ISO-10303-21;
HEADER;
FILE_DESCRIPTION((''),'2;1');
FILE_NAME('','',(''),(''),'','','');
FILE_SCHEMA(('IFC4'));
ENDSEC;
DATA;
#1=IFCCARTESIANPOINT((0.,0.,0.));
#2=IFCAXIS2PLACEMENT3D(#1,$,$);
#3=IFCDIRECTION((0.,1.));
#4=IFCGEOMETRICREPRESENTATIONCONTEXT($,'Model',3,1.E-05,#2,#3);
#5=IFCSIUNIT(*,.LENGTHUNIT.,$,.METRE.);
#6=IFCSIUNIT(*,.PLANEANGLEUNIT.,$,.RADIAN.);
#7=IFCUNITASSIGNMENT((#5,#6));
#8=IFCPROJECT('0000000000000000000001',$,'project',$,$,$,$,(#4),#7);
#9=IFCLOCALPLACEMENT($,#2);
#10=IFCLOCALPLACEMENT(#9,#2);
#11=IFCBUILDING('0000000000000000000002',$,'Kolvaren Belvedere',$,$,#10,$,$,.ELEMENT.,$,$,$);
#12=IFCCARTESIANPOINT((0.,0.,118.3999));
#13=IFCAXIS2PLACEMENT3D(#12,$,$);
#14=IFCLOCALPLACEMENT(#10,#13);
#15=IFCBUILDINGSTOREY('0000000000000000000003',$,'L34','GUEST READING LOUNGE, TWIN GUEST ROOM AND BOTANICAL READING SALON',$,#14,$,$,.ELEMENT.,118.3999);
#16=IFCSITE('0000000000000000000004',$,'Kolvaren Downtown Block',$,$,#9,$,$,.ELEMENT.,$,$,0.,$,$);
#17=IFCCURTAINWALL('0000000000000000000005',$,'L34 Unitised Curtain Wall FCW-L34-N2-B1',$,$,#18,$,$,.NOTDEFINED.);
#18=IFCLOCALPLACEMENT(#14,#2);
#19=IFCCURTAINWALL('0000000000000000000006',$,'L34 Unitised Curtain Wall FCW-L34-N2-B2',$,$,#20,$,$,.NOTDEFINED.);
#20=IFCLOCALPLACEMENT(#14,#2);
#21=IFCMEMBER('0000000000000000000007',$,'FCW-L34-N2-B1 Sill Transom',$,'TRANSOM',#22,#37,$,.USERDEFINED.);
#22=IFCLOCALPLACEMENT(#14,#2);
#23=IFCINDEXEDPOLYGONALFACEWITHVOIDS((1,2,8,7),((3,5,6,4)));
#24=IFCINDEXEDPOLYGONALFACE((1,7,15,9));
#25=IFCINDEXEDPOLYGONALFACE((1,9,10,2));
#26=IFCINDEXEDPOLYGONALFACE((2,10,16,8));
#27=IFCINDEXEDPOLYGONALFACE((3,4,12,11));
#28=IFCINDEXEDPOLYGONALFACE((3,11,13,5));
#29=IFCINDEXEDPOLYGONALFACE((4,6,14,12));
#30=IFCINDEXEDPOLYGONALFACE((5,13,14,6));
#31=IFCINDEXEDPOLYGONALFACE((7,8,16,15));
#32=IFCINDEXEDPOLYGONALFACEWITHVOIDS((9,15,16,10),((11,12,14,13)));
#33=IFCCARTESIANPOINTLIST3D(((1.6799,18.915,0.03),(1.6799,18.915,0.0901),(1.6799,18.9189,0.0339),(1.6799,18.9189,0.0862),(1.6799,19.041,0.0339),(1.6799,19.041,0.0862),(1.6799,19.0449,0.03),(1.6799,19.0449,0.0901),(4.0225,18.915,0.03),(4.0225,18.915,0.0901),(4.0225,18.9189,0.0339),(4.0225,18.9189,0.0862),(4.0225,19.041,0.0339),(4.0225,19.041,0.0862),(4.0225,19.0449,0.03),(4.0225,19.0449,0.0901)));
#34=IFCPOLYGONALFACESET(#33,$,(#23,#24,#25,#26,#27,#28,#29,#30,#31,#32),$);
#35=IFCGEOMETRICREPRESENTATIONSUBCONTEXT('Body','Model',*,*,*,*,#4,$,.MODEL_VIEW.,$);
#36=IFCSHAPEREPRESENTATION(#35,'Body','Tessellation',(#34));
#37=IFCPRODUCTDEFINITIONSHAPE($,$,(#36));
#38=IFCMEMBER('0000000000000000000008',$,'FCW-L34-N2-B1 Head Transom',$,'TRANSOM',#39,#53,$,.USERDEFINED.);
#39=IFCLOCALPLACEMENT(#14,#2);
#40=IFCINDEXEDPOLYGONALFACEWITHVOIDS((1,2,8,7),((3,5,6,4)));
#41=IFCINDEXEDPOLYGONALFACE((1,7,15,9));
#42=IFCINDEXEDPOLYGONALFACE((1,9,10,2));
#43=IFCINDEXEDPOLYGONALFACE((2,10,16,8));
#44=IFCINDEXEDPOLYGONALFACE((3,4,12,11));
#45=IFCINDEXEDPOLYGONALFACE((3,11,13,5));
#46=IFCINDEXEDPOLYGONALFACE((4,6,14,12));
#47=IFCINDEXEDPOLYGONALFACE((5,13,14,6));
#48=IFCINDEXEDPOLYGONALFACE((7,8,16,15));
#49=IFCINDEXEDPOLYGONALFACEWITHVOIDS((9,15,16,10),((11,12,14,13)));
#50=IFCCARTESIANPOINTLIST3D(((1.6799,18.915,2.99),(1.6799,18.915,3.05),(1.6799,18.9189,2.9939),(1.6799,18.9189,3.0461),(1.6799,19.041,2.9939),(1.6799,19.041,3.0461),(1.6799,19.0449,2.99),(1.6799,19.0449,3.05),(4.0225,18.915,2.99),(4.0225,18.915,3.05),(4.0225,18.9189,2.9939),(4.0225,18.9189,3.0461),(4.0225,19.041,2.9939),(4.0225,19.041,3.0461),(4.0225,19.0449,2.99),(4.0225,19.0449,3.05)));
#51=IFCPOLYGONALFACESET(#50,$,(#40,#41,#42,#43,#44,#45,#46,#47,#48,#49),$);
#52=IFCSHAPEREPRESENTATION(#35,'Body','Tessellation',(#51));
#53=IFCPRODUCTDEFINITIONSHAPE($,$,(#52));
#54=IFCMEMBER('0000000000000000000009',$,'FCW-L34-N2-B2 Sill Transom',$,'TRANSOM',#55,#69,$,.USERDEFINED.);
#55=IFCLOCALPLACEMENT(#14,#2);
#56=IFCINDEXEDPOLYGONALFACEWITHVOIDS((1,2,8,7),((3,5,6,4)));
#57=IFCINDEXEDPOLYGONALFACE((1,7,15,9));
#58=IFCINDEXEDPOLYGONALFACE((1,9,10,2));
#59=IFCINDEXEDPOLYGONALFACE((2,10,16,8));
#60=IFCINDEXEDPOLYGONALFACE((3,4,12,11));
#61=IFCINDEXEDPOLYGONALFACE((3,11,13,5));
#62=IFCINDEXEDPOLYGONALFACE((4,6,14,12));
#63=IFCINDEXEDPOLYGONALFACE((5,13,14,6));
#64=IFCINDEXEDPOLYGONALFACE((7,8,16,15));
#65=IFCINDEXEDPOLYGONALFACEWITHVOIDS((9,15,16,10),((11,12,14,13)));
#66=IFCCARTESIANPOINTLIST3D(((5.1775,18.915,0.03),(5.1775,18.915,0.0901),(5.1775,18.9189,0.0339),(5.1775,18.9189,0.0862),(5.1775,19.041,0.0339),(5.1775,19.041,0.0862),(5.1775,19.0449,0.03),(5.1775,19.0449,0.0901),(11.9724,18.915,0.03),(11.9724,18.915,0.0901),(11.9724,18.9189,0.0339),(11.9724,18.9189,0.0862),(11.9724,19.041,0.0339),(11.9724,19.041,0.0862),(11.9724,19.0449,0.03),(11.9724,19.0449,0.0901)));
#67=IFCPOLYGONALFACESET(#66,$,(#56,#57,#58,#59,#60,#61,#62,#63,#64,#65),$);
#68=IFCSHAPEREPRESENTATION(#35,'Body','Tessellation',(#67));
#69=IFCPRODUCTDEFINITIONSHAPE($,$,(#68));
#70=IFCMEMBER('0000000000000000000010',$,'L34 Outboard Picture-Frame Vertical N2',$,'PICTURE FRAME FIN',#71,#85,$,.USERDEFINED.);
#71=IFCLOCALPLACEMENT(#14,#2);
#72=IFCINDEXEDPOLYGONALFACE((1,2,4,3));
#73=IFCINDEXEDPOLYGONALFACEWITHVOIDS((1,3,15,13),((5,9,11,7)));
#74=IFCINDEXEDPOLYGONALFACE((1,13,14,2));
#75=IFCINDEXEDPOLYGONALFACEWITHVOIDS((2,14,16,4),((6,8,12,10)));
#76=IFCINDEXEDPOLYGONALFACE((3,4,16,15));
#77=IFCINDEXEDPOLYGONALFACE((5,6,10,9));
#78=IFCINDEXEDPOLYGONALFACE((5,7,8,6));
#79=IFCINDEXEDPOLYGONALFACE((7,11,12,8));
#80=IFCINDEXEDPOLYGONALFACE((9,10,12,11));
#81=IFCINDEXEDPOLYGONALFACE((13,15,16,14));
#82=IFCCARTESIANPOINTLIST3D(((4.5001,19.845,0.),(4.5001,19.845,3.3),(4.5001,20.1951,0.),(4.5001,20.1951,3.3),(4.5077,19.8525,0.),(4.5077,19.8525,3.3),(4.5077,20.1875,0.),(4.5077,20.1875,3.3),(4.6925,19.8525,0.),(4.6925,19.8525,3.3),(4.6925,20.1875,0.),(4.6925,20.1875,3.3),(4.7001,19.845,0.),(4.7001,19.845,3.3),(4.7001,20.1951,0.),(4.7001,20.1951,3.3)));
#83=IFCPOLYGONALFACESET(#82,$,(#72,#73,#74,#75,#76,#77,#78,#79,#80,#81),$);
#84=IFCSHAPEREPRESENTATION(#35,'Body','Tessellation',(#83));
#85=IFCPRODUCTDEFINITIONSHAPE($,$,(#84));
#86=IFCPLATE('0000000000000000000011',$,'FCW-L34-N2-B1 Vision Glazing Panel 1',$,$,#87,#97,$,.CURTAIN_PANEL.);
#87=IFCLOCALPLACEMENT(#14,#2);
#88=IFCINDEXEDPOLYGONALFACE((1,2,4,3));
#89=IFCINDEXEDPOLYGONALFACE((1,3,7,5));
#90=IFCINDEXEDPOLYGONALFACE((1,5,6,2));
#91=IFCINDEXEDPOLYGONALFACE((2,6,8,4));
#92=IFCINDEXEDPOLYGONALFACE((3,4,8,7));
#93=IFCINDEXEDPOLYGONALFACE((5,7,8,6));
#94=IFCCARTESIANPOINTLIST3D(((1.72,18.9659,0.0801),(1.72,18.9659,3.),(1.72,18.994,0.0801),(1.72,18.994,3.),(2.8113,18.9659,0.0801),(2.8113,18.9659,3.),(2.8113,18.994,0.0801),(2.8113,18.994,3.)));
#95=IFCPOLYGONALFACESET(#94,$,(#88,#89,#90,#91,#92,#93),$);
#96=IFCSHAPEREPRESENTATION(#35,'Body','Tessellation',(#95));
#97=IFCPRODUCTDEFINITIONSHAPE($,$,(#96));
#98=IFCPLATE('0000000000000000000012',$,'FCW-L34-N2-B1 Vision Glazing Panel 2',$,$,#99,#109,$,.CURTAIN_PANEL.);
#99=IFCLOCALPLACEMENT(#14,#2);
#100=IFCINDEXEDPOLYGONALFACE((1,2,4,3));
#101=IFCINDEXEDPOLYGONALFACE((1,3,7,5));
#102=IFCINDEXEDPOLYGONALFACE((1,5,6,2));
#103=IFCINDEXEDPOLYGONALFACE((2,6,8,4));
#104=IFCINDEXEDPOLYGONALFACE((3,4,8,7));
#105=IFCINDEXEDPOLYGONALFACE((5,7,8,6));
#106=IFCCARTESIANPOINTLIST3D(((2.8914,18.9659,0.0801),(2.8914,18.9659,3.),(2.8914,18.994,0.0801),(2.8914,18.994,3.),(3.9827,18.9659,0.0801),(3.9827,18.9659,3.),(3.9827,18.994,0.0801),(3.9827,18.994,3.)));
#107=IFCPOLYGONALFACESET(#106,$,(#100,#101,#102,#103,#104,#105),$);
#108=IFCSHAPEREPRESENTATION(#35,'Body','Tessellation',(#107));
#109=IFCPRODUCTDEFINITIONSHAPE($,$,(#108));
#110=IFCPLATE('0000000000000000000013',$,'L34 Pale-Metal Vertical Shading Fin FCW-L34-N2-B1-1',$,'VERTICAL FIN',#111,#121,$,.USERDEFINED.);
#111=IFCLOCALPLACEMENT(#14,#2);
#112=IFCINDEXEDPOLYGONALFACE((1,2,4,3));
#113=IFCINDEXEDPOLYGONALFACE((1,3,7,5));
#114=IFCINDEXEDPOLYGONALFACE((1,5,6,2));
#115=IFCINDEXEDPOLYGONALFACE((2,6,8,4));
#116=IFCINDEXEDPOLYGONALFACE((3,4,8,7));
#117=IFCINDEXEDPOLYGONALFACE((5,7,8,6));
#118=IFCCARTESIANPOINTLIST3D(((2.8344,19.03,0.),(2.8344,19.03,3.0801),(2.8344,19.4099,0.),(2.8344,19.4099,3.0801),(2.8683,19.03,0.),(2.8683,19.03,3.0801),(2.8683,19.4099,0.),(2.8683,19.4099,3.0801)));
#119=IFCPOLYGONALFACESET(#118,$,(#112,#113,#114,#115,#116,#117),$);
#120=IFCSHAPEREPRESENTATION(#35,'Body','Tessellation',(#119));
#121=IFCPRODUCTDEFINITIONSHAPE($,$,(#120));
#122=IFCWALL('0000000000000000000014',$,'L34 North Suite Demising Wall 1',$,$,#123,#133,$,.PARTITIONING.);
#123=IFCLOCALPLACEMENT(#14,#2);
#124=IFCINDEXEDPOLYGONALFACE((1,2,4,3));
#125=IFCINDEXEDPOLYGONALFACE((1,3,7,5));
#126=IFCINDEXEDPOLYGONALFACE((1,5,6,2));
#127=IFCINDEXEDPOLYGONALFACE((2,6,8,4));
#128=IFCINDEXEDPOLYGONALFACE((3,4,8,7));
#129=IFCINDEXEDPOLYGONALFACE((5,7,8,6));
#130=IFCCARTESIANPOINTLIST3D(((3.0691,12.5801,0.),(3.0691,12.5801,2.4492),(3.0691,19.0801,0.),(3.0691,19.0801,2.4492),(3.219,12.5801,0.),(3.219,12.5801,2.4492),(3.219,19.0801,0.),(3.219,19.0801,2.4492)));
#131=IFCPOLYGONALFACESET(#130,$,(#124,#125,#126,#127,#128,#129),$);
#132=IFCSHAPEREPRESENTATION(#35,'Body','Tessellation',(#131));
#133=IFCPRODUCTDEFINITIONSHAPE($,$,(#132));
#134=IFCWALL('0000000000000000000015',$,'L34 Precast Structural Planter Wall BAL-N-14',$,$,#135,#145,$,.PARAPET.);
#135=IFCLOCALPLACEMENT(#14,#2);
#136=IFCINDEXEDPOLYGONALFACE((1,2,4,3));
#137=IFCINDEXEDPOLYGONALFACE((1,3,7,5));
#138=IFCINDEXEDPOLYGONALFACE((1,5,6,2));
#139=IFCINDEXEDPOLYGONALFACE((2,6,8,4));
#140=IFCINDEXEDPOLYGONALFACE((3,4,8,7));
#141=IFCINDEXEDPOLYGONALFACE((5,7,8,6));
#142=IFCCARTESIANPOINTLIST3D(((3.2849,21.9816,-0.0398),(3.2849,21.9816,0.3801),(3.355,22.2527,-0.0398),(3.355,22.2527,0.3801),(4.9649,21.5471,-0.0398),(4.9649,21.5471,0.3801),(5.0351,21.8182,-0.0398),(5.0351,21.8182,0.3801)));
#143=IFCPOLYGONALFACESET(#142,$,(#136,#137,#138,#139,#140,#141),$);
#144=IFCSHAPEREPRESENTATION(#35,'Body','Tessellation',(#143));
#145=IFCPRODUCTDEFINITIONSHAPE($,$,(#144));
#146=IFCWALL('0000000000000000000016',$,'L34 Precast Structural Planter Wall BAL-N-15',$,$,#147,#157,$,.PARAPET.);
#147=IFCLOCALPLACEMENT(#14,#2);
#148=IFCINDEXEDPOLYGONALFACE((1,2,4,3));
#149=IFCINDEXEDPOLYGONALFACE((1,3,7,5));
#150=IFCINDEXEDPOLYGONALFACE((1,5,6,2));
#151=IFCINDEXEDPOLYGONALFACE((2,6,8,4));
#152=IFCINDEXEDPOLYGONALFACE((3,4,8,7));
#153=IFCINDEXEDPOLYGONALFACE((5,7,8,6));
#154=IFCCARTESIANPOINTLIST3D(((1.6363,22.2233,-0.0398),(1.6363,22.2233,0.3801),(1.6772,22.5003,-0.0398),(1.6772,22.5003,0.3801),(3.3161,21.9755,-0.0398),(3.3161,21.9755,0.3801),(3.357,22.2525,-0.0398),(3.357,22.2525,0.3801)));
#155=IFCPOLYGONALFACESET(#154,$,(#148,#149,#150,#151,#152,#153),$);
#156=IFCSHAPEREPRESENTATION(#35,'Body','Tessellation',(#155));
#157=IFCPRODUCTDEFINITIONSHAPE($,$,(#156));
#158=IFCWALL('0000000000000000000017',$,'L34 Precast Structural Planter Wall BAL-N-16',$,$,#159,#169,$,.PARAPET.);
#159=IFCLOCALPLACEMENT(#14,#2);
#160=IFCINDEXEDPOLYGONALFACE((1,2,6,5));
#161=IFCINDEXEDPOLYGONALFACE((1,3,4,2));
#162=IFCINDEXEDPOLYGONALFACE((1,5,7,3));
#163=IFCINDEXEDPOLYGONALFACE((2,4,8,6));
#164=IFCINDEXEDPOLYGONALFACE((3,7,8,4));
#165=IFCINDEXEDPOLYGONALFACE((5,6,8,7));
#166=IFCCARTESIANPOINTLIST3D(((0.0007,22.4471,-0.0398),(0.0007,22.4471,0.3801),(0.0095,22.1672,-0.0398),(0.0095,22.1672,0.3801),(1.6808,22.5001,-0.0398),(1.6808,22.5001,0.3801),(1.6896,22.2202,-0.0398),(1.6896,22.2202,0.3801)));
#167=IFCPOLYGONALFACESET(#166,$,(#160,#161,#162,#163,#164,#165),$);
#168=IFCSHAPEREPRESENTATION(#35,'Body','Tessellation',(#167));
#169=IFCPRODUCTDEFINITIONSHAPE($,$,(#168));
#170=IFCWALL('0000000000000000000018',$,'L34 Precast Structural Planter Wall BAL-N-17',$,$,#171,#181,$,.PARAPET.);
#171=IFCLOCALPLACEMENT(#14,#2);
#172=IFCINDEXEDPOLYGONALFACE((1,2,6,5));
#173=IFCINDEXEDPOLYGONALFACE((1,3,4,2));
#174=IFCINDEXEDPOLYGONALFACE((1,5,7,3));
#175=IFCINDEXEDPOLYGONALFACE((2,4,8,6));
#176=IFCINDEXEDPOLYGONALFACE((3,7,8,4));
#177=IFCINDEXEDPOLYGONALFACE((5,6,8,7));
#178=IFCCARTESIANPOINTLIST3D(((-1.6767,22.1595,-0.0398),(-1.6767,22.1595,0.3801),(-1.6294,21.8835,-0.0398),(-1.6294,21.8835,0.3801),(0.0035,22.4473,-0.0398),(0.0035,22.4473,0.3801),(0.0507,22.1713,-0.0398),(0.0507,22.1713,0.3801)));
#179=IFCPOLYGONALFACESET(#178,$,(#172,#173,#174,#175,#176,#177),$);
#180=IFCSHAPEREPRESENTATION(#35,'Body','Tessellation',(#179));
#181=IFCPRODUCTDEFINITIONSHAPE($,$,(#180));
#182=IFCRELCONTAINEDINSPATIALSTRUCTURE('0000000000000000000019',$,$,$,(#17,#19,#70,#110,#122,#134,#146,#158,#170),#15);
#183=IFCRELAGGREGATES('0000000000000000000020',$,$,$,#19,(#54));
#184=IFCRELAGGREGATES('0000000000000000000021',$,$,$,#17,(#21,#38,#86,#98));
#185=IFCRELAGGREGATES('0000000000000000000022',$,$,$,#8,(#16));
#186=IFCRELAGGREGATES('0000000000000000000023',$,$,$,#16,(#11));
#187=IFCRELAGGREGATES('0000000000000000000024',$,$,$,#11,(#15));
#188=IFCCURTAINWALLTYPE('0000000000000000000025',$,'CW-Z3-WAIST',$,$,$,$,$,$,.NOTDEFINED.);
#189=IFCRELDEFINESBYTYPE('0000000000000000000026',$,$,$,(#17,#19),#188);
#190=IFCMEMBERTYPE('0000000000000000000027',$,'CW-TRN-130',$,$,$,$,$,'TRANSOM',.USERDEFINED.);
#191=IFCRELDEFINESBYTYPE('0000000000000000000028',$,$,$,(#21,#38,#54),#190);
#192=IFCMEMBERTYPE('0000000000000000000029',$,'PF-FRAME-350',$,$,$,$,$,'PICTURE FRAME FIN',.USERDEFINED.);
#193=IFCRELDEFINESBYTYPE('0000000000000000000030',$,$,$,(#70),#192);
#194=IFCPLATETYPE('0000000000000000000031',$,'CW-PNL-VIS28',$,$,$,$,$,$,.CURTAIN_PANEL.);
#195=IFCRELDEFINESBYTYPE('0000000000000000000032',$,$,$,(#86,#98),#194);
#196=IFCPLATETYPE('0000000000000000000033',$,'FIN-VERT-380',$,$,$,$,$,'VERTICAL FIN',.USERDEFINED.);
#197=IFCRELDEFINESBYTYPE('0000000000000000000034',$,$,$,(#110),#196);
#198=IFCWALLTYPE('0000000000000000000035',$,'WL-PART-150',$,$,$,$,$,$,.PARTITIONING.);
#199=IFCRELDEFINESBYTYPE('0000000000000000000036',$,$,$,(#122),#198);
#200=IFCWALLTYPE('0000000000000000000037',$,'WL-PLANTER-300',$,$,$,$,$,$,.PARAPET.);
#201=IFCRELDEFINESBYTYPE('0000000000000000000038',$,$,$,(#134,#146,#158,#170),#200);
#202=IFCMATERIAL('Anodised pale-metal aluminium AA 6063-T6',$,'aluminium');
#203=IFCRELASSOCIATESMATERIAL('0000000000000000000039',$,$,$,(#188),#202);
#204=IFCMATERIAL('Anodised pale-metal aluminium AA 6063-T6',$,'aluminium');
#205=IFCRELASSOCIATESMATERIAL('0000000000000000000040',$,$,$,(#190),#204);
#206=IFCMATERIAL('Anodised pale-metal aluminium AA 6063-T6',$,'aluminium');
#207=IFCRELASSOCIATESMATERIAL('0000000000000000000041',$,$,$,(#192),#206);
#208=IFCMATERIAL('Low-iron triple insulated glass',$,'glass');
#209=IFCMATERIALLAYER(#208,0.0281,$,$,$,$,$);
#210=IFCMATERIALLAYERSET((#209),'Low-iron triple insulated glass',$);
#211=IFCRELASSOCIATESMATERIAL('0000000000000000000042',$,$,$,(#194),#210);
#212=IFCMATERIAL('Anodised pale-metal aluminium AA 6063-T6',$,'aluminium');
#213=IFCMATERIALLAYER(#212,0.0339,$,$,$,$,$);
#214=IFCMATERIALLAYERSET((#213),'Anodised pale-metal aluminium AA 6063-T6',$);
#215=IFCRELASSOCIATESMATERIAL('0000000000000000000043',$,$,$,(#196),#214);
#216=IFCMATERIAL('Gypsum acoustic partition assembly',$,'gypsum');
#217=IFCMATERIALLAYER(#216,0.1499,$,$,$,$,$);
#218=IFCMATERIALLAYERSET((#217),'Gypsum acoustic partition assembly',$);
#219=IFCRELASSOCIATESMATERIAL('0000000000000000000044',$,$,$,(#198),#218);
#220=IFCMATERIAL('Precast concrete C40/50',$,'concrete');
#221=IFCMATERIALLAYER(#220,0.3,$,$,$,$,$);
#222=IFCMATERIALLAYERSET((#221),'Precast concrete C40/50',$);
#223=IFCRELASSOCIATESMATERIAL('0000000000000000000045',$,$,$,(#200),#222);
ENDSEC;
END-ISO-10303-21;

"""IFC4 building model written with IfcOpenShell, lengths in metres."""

from ifc_helpers import new_model, si_unit, direction, frame, frame_2d, origin, origin_2d, place, context, subcontext, project, spatial, rectangle, hollow_rectangle, extrude, material, layer, layer_set, material_profile, profile_set, type_object, element, aggregate, save


model = new_model("IFC4")

# Units and contexts
model_context = context("Model", 3, precision=1e-05, world=origin(), true_north=direction((0.0, 1.0)))
body_context = subcontext(model_context, "Body", "Model", "MODEL_VIEW")
ifc_project = project(units=[si_unit("LENGTHUNIT", "METRE"), si_unit("PLANEANGLEUNIT", "RADIAN")], contexts=[model_context])

# Site, building, storey
site_placement = place(None, origin())
site = spatial("IfcSite", under=ifc_project, at=site_placement, Name="Kolvaren Downtown Block", CompositionType="ELEMENT", RefElevation=0.0)
building_placement = place(site_placement, origin())
building = spatial("IfcBuilding", under=site, at=building_placement, Name="Kolvaren Belvedere", CompositionType="ELEMENT")
storey_placement = place(building_placement, frame((0.0, 0.0, 118.3999)))
storey = spatial("IfcBuildingStorey", under=building, at=storey_placement, Name="L34", Description="GUEST READING LOUNGE, TWIN GUEST ROOM AND BOTANICAL READING SALON", CompositionType="ELEMENT", Elevation=118.3999)

# Curtain wall
ifc_material_1 = material(Name="Anodised pale-metal aluminium AA 6063-T6", Category="aluminium")
curtain_wall_type = type_object("IfcCurtainWallType", Name="CW-Z3-WAIST", PredefinedType="NOTDEFINED", material=ifc_material_1)
curtain_wall_1_placement = place(storey_placement, origin())
curtain_wall_1 = element("IfcCurtainWall", 1, at=curtain_wall_1_placement, inside=storey, type_object=curtain_wall_type, Name="L34 Unitised Curtain Wall FCW-L34-N2-B1", PredefinedType="NOTDEFINED")

# Curtain wall
curtain_wall_2_placement = place(storey_placement, origin())
curtain_wall_2 = element("IfcCurtainWall", 2, at=curtain_wall_2_placement, inside=storey, type_object=curtain_wall_type, Name="L34 Unitised Curtain Wall FCW-L34-N2-B2", PredefinedType="NOTDEFINED")

# Members
ifc_material_2 = material(Name="Anodised pale-metal aluminium AA 6063-T6", Category="aluminium")
ifc_material_profile_1 = material_profile(ifc_material_2, hollow_rectangle(XDim=0.0601, YDim=0.1299, WallThickness=0.0039, at=origin_2d()), Name="ALU-TRN-130X60")
ifc_profile_set_1 = profile_set([ifc_material_profile_1], Name="Anodised pale-metal aluminium AA 6063-T6")
member_type_1 = type_object("IfcMemberType", Name="CW-TRN-130", ElementType="TRANSOM", PredefinedType="USERDEFINED", material=ifc_profile_set_1)
member_1_placement = place(storey_placement, frame((1.6799, 18.98, 0.0601), z_axis=(1.0, 0.0, 0.0), x_axis=(0.0, 0.0, 1.0)))
member_1 = element("IfcMember", 3, at=member_1_placement, type_object=member_type_1, Name="FCW-L34-N2-B1 Sill Transom", ObjectType="TRANSOM", PredefinedType="USERDEFINED", context=body_context, shape_type="SweptSolid", body=[
    extrude(hollow_rectangle(XDim=0.0601, YDim=0.1299, WallThickness=0.0039, at=origin_2d()), origin(), (0.0, 0.0, 1.0), 2.3425),
])
member_2_placement = place(storey_placement, frame((1.6799, 18.98, 3.02), z_axis=(1.0, 0.0, 0.0), x_axis=(0.0, 0.0, 1.0)))
member_2 = element("IfcMember", 4, at=member_2_placement, type_object=member_type_1, Name="FCW-L34-N2-B1 Head Transom", ObjectType="TRANSOM", PredefinedType="USERDEFINED", context=body_context, shape_type="SweptSolid", body=[
    extrude(hollow_rectangle(XDim=0.0601, YDim=0.1299, WallThickness=0.0039, at=origin_2d()), origin(), (0.0, 0.0, 1.0), 2.3425),
])
member_3_placement = place(storey_placement, frame((5.1775, 18.98, 0.0601), z_axis=(1.0, 0.0, 0.0), x_axis=(0.0, 0.0, 1.0)))
member_3 = element("IfcMember", 5, at=member_3_placement, type_object=member_type_1, Name="FCW-L34-N2-B2 Sill Transom", ObjectType="TRANSOM", PredefinedType="USERDEFINED", context=body_context, shape_type="SweptSolid", body=[
    extrude(hollow_rectangle(XDim=0.0601, YDim=0.1299, WallThickness=0.0039, at=origin_2d()), origin(), (0.0, 0.0, 1.0), 6.7949),
])
aggregate(curtain_wall_2, [member_3])
ifc_material_3 = material(Name="Anodised pale-metal aluminium AA 6063-T6", Category="aluminium")
ifc_material_profile_2 = material_profile(ifc_material_3, hollow_rectangle(XDim=0.2, YDim=0.3501, WallThickness=0.0076, at=origin_2d()), Name="ALU-PF-350X200")
ifc_profile_set_2 = profile_set([ifc_material_profile_2], Name="Anodised pale-metal aluminium AA 6063-T6")
member_type_2 = type_object("IfcMemberType", Name="PF-FRAME-350", ElementType="PICTURE FRAME FIN", PredefinedType="USERDEFINED", material=ifc_profile_set_2)
member_4_placement = place(storey_placement, frame((4.6001, 20.02, 0.0), z_axis=(0.0, 0.0, 1.0), x_axis=(1.0, 0.0, 0.0)))
element("IfcMember", 6, at=member_4_placement, inside=storey, type_object=member_type_2, Name="L34 Outboard Picture-Frame Vertical N2", ObjectType="PICTURE FRAME FIN", PredefinedType="USERDEFINED", context=body_context, shape_type="SweptSolid", body=[
    extrude(hollow_rectangle(XDim=0.2, YDim=0.3501, WallThickness=0.0076, at=origin_2d()), origin(), (0.0, 0.0, 1.0), 3.3),
])

# Plates
ifc_material_4 = material(Name="Low-iron triple insulated glass", Category="glass")
ifc_layer_1 = layer(ifc_material_4, 0.0281)
ifc_layer_set_1 = layer_set([ifc_layer_1], Name="Low-iron triple insulated glass")
plate_type_1 = type_object("IfcPlateType", Name="CW-PNL-VIS28", PredefinedType="CURTAIN_PANEL", material=ifc_layer_set_1)
plate_1_placement = place(storey_placement, frame((2.2656, 18.98, 0.0801), z_axis=(0.0, 0.0, 1.0), x_axis=(1.0, 0.0, 0.0)))
plate_1 = element("IfcPlate", 7, at=plate_1_placement, type_object=plate_type_1, Name="FCW-L34-N2-B1 Vision Glazing Panel 1", PredefinedType="CURTAIN_PANEL", context=body_context, shape_type="SweptSolid", body=[
    extrude(rectangle(XDim=1.0913, YDim=0.0281, at=origin_2d()), origin(), (0.0, 0.0, 1.0), 2.9199),
])
plate_2_placement = place(storey_placement, frame((3.437, 18.98, 0.0801), z_axis=(0.0, 0.0, 1.0), x_axis=(1.0, 0.0, 0.0)))
plate_2 = element("IfcPlate", 8, at=plate_2_placement, type_object=plate_type_1, Name="FCW-L34-N2-B1 Vision Glazing Panel 2", PredefinedType="CURTAIN_PANEL", context=body_context, shape_type="SweptSolid", body=[
    extrude(rectangle(XDim=1.0913, YDim=0.0281, at=origin_2d()), origin(), (0.0, 0.0, 1.0), 2.9199),
])
aggregate(curtain_wall_1, [member_1, member_2, plate_1, plate_2])
ifc_material_5 = material(Name="Anodised pale-metal aluminium AA 6063-T6", Category="aluminium")
ifc_layer_2 = layer(ifc_material_5, 0.0339)
ifc_layer_set_2 = layer_set([ifc_layer_2], Name="Anodised pale-metal aluminium AA 6063-T6")
plate_type_2 = type_object("IfcPlateType", Name="FIN-VERT-380", ElementType="VERTICAL FIN", PredefinedType="USERDEFINED", material=ifc_layer_set_2)
plate_3_placement = place(storey_placement, frame((2.8513, 19.22, 0.0), z_axis=(0.0, 0.0, 1.0), x_axis=(0.0, 1.0, 0.0)))
element("IfcPlate", 9, at=plate_3_placement, inside=storey, type_object=plate_type_2, Name="L34 Pale-Metal Vertical Shading Fin FCW-L34-N2-B1-1", ObjectType="VERTICAL FIN", PredefinedType="USERDEFINED", context=body_context, shape_type="SweptSolid", body=[
    extrude(rectangle(XDim=0.3799, YDim=0.0339, at=origin_2d()), origin(), (0.0, 0.0, 1.0), 3.0801),
])

# Walls
ifc_material_6 = material(Name="Gypsum acoustic partition assembly", Category="gypsum")
ifc_layer_3 = layer(ifc_material_6, 0.1499)
ifc_layer_set_3 = layer_set([ifc_layer_3], Name="Gypsum acoustic partition assembly")
wall_type_1 = type_object("IfcWallType", Name="WL-PART-150", PredefinedType="PARTITIONING", material=ifc_layer_set_3)
wall_1_placement = place(storey_placement, frame((3.144, 12.5801, 0.0), z_axis=(0.0, 0.0, 1.0), x_axis=(0.0, 1.0, 0.0)))
element("IfcWall", 10, at=wall_1_placement, inside=storey, type_object=wall_type_1, Name="L34 North Suite Demising Wall 1", PredefinedType="PARTITIONING", context=body_context, shape_type="SweptSolid", body=[
    extrude(rectangle(XDim=6.5, YDim=0.1499, at=frame_2d((3.25, 0.0))), origin(), (0.0, 0.0, 1.0), 2.4492),
])
ifc_material_7 = material(Name="Precast concrete C40/50", Category="concrete")
ifc_layer_4 = layer(ifc_material_7, 0.3)
ifc_layer_set_4 = layer_set([ifc_layer_4], Name="Precast concrete C40/50")
wall_type_2 = type_object("IfcWallType", Name="WL-PLANTER-300", PredefinedType="PARAPET", material=ifc_layer_set_4)
wall_2_placement = place(storey_placement, frame((5.0, 21.6826, -0.0398), z_axis=(0.0, 0.0, 1.0), x_axis=(-0.968141, 0.250406, 0.0)))
element("IfcWall", 11, at=wall_2_placement, inside=storey, type_object=wall_type_2, Name="L34 Precast Structural Planter Wall BAL-N-14", PredefinedType="PARAPET", context=body_context, shape_type="SweptSolid", body=[
    extrude(rectangle(XDim=1.7354, YDim=0.28, at=frame_2d((0.8677, 0.0))), origin(), (0.0, 0.0, 1.0), 0.4199),
])
wall_3_placement = place(storey_placement, frame((3.3367, 22.114, -0.0398), z_axis=(0.0, 0.0, 1.0), x_axis=(-0.989295, 0.145929, 0.0)))
element("IfcWall", 12, at=wall_3_placement, inside=storey, type_object=wall_type_2, Name="L34 Precast Structural Planter Wall BAL-N-15", PredefinedType="PARAPET", context=body_context, shape_type="SweptSolid", body=[
    extrude(rectangle(XDim=1.698, YDim=0.28, at=frame_2d((0.8491, 0.0))), origin(), (0.0, 0.0, 1.0), 0.4199),
])
wall_4_placement = place(storey_placement, frame((1.6851, 22.3601, -0.0398), z_axis=(0.0, 0.0, 1.0), x_axis=(-0.999503, -0.031516, 0.0)))
element("IfcWall", 13, at=wall_4_placement, inside=storey, type_object=wall_type_2, Name="L34 Precast Structural Planter Wall BAL-N-16", PredefinedType="PARAPET", context=body_context, shape_type="SweptSolid", body=[
    extrude(rectangle(XDim=1.6809, YDim=0.28, at=frame_2d((0.8403, 0.0))), origin(), (0.0, 0.0, 1.0), 0.4199),
])
wall_5_placement = place(storey_placement, frame((0.0271, 22.3093, -0.0398), z_axis=(0.0, 0.0, 1.0), x_axis=(-0.985641, -0.168856, 0.0)))
element("IfcWall", 14, at=wall_5_placement, inside=storey, type_object=wall_type_2, Name="L34 Precast Structural Planter Wall BAL-N-17", PredefinedType="PARAPET", context=body_context, shape_type="SweptSolid", body=[
    extrude(rectangle(XDim=1.7046, YDim=0.28, at=frame_2d((0.8523, 0.0))), origin(), (0.0, 0.0, 1.0), 0.4199),
])

save(model, "model.ifc")
